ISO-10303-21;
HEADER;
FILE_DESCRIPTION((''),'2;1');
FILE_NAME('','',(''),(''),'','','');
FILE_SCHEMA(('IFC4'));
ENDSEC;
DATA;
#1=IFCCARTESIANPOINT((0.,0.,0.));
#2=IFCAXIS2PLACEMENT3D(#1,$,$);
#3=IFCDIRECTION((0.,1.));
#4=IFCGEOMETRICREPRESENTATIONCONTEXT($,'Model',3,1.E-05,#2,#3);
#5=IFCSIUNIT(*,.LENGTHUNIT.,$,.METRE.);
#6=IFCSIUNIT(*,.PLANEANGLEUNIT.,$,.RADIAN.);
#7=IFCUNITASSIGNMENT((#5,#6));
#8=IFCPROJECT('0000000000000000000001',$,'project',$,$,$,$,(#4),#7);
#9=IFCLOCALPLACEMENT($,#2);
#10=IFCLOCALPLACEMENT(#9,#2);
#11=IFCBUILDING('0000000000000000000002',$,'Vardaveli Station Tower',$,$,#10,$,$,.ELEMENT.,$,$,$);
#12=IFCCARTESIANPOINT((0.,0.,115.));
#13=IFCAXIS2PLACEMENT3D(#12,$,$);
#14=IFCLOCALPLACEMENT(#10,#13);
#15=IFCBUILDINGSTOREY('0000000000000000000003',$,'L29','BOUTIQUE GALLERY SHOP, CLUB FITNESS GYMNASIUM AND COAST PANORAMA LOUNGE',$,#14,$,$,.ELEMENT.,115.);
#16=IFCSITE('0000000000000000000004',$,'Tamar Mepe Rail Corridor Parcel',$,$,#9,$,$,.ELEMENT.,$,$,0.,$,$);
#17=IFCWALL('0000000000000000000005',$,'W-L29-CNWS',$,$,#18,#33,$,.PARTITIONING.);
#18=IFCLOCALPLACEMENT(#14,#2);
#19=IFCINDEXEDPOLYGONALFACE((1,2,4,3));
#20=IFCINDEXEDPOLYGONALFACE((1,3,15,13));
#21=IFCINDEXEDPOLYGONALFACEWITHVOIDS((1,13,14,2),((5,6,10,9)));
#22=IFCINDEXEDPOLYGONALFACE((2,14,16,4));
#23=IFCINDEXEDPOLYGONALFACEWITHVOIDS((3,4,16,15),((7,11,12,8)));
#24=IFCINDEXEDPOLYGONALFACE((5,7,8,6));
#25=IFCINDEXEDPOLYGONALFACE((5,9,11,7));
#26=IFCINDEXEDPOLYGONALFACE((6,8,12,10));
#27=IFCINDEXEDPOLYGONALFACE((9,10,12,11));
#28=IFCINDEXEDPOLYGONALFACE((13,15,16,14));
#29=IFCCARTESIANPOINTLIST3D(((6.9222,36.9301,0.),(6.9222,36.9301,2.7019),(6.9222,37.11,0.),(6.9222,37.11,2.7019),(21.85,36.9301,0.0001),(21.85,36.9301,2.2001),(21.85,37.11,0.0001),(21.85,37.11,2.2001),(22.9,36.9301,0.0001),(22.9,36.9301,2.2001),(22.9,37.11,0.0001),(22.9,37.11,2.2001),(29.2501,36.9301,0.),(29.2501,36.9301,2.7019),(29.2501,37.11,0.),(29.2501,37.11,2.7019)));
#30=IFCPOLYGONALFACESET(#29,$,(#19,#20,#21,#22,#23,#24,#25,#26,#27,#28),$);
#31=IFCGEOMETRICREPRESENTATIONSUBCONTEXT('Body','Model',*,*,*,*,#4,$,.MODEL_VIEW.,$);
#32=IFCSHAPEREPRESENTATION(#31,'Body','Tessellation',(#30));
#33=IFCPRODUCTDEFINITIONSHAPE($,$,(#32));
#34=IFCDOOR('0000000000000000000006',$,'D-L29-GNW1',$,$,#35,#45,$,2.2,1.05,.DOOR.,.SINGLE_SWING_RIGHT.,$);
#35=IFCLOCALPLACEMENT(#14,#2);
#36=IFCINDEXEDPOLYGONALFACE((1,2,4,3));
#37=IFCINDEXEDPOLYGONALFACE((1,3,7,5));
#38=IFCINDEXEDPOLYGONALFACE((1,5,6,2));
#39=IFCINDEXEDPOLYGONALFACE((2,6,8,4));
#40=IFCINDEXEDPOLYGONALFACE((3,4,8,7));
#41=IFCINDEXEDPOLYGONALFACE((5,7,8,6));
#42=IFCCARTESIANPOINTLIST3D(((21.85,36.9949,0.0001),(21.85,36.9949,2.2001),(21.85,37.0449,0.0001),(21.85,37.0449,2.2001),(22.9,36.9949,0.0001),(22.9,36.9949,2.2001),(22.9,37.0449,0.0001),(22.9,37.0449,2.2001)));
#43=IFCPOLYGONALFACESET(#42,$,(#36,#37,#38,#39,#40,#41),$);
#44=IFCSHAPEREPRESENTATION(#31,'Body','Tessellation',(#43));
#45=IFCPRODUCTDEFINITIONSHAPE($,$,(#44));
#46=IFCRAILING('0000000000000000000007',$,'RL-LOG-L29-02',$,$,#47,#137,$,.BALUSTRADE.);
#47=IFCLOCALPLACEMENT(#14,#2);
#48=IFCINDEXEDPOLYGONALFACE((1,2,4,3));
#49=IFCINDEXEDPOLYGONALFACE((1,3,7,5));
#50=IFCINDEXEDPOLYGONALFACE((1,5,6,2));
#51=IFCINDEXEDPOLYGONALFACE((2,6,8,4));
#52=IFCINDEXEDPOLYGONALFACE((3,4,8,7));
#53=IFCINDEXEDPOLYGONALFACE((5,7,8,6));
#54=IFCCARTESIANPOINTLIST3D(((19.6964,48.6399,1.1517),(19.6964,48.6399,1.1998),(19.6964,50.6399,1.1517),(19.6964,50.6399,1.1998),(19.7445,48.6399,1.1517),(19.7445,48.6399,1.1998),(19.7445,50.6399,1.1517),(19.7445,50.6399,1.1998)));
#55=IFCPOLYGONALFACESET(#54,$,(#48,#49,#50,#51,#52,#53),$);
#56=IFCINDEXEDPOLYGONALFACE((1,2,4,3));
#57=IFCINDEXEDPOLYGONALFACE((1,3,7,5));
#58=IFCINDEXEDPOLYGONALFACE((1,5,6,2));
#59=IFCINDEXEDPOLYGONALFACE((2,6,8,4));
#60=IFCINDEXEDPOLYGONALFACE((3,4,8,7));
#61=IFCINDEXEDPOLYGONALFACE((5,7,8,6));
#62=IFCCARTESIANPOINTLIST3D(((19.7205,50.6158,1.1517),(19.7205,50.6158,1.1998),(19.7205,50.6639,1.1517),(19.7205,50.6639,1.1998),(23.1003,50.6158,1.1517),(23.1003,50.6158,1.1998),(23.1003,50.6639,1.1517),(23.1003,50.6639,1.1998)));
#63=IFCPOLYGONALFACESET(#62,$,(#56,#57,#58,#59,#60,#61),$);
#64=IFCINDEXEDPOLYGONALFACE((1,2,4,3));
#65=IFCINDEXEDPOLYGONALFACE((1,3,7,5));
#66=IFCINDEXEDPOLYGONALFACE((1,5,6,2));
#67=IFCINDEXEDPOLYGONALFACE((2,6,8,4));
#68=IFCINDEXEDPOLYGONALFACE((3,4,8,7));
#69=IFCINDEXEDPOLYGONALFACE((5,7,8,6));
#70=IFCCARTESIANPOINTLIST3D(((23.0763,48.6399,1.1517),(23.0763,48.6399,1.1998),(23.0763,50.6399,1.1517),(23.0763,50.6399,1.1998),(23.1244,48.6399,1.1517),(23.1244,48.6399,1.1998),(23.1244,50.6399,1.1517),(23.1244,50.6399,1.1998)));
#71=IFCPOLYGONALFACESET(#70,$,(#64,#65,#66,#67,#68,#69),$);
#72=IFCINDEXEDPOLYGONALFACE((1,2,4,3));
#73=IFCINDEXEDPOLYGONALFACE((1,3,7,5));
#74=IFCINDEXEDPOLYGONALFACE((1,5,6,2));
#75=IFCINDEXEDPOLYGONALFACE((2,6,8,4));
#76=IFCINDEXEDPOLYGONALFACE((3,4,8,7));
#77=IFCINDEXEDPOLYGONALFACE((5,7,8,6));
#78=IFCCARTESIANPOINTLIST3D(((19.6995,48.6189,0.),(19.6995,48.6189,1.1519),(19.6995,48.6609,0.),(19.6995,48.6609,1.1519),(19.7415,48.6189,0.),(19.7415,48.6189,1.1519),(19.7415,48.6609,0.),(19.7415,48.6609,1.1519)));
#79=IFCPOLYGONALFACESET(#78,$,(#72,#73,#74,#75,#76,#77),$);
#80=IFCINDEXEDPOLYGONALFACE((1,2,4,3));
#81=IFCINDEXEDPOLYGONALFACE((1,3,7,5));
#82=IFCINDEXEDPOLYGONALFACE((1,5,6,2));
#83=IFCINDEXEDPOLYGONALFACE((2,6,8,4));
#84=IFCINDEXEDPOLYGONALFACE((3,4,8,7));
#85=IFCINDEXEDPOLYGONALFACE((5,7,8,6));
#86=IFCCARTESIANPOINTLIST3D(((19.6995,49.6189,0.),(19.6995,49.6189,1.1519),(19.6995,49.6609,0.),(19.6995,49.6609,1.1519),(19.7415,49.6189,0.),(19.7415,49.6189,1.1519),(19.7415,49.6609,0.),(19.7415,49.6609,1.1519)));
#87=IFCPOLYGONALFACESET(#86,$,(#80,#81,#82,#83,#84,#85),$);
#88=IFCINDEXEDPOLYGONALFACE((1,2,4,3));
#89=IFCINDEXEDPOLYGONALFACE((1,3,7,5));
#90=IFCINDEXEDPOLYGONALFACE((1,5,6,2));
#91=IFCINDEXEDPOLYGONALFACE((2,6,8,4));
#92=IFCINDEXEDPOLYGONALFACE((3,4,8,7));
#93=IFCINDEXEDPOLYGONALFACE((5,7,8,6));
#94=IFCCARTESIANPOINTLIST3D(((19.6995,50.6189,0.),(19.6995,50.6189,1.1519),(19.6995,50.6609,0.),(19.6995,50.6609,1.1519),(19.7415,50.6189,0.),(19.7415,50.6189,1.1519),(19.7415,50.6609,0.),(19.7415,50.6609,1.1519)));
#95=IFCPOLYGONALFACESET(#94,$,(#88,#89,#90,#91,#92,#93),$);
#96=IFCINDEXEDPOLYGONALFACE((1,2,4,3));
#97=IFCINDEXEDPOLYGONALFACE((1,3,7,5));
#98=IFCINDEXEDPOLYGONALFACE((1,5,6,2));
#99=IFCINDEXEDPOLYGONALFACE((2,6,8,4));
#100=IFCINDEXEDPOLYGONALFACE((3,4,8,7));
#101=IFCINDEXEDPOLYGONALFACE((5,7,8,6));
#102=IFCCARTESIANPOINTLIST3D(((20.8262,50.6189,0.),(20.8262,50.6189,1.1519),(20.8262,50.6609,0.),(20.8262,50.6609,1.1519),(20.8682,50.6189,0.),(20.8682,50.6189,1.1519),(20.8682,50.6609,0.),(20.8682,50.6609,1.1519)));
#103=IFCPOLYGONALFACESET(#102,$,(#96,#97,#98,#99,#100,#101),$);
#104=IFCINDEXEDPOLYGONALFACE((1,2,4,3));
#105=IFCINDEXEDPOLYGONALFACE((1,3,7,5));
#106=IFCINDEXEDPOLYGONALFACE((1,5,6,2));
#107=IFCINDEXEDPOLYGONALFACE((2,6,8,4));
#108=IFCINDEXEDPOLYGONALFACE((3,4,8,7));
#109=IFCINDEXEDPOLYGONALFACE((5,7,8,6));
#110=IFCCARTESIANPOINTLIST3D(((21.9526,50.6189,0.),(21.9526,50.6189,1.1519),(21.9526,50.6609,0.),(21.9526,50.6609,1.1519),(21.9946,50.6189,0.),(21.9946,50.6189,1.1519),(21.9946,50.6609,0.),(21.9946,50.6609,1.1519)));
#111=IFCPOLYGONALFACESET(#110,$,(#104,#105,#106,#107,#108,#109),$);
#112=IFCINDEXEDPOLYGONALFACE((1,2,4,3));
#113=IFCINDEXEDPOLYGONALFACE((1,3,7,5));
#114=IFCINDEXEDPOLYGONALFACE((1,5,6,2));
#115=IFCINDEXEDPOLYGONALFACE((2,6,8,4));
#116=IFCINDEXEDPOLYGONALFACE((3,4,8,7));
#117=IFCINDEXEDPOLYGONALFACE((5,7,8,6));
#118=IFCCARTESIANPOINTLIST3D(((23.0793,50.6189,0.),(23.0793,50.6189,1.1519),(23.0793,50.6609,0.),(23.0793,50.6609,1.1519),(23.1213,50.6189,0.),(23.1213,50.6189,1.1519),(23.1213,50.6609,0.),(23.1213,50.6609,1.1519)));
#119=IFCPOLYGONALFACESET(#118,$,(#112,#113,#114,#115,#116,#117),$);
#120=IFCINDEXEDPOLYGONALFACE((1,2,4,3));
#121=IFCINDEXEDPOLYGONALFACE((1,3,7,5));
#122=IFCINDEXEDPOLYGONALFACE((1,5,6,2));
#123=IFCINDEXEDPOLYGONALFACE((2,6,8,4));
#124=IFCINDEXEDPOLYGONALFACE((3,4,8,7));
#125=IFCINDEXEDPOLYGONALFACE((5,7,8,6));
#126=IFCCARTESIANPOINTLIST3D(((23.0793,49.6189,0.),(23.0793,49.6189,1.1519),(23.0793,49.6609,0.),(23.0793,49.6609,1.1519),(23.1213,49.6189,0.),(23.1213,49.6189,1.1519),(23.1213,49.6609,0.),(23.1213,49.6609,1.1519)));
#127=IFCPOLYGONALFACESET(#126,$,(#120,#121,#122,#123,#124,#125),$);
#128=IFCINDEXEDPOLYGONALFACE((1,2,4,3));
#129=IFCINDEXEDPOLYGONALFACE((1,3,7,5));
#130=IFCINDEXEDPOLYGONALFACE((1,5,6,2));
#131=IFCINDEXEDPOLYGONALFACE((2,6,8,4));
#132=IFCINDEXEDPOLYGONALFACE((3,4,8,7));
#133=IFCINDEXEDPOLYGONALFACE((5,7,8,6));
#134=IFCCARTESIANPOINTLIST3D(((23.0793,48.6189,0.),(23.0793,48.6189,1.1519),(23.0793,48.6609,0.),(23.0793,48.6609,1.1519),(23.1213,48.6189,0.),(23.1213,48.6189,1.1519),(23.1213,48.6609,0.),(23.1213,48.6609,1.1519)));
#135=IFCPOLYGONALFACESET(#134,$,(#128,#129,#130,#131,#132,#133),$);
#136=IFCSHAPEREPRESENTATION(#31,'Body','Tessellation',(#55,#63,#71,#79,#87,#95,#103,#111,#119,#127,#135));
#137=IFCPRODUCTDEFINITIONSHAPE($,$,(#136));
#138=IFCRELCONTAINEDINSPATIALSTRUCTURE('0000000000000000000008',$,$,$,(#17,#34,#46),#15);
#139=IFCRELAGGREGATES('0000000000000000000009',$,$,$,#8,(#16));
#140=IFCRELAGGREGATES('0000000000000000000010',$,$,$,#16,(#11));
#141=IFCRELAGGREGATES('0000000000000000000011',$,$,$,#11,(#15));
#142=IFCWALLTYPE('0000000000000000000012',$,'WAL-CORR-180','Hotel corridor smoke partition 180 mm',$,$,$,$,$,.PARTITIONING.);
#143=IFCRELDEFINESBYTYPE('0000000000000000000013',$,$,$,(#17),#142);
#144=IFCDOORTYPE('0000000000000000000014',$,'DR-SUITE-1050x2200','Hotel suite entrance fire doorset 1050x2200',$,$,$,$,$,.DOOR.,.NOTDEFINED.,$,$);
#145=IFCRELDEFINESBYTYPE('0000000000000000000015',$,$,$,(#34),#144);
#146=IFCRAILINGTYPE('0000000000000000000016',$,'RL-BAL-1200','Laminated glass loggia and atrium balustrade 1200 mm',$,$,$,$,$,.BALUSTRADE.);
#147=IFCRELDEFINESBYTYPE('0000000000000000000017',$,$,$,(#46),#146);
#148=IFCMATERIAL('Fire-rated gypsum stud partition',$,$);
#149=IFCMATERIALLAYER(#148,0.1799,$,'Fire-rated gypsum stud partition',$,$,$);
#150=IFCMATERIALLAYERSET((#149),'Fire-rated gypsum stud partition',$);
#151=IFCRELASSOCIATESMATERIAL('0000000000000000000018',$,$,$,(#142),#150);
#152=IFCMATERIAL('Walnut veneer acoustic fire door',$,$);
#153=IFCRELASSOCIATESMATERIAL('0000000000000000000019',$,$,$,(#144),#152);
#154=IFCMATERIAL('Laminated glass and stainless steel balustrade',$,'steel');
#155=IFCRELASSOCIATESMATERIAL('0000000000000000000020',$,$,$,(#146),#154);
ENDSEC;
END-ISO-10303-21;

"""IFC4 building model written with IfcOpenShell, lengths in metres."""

from ifc_helpers import new_model, si_unit, direction, frame, frame_2d, origin, origin_2d, place, context, subcontext, project, spatial, rectangle, extrude, source, transform, mapped, material, layer, layer_set, type_object, element, fill, save


model = new_model("IFC4")

# Units and contexts
model_context = context("Model", 3, precision=1e-05, world=origin(), true_north=direction((0.0, 1.0)))
body_context = subcontext(model_context, "Body", "Model", "MODEL_VIEW")
ifc_project = project(units=[si_unit("LENGTHUNIT", "METRE"), si_unit("PLANEANGLEUNIT", "RADIAN")], contexts=[model_context])

# Site, building, storey
site_placement = place(None, origin())
site = spatial("IfcSite", under=ifc_project, at=site_placement, Name="Tamar Mepe Rail Corridor Parcel", CompositionType="ELEMENT", RefElevation=0.0)
building_placement = place(site_placement, origin())
building = spatial("IfcBuilding", under=site, at=building_placement, Name="Vardaveli Station Tower", CompositionType="ELEMENT")
storey_placement = place(building_placement, frame((0.0, 0.0, 115.0)))
storey = spatial("IfcBuildingStorey", under=building, at=storey_placement, Name="L29", Description="BOUTIQUE GALLERY SHOP, CLUB FITNESS GYMNASIUM AND COAST PANORAMA LOUNGE", CompositionType="ELEMENT", Elevation=115.0)

# Wall, opening, door
ifc_material_1 = material(Name="Fire-rated gypsum stud partition")
ifc_layer_1 = layer(ifc_material_1, 0.1799, Name="Fire-rated gypsum stud partition")
ifc_layer_set_1 = layer_set([ifc_layer_1], Name="Fire-rated gypsum stud partition")
wall_type_1 = type_object("IfcWallType", Name="WAL-CORR-180", Description="Hotel corridor smoke partition 180 mm", PredefinedType="PARTITIONING", material=ifc_layer_set_1)
shared_shape_1 = source(origin(), body_context, "Body", "SweptSolid", [
    extrude(rectangle(XDim=22.3279, YDim=0.1799, at=frame_2d((11.1641, 0.0))), origin(), (0.0, 0.0, 1.0), 2.7019),
])
wall_1_placement = place(storey_placement, frame((6.9221, 37.02, 0.0), z_axis=(0.0, 0.0, 1.0), x_axis=(1.0, 0.0, 0.0)))
wall_1 = element("IfcWall", 1, at=wall_1_placement, inside=storey, type_object=wall_type_1, Name="W-L29-CNWS", PredefinedType="PARTITIONING", context=body_context, shape_type="MappedRepresentation", body=[
    mapped(shared_shape_1, transform((0.0, 0.0, 0.0), scale=1.0)),
])
shared_shape_2 = source(origin(), body_context, "Body", "SweptSolid", [
    extrude(rectangle(XDim=1.05, YDim=2.2, at=frame_2d((0.5249, 1.1001))), frame((0.0, 0.1001, 0.0), z_axis=(0.0, -1.0, 0.0), x_axis=(1.0, 0.0, 0.0)), (0.0, 0.0, 1.0), 0.2),
])
opening_1_placement = place(wall_1_placement, frame((14.928, 0.0, 0.0)))
opening_1 = element("IfcOpeningElement", 2, at=opening_1_placement, cuts=wall_1, PredefinedType="OPENING", context=body_context, shape_type="MappedRepresentation", body=[
    mapped(shared_shape_2, transform((0.0, 0.0, 0.0), scale=1.0)),
])
ifc_material_2 = material(Name="Walnut veneer acoustic fire door")
door_type_1 = type_object("IfcDoorType", Name="DR-SUITE-1050x2200", Description="Hotel suite entrance fire doorset 1050x2200", OperationType="NOTDEFINED", PredefinedType="DOOR", material=ifc_material_2)
shared_shape_3 = source(origin(), body_context, "Body", "SweptSolid", [
    extrude(rectangle(XDim=1.05, YDim=2.2, at=frame_2d((0.5249, 1.1001))), frame((0.0, 0.0249, 0.0), z_axis=(0.0, -1.0, 0.0), x_axis=(1.0, 0.0, 0.0)), (0.0, 0.0, 1.0), 0.05),
])
door_1_placement = place(opening_1_placement, origin())
door_1 = element("IfcDoor", 3, at=door_1_placement, inside=storey, type_object=door_type_1, Name="D-L29-GNW1", OperationType="SINGLE_SWING_RIGHT", OverallHeight=2.2, OverallWidth=1.05, PredefinedType="DOOR", context=body_context, shape_type="MappedRepresentation", body=[
    mapped(shared_shape_3, transform((0.0, 0.0, 0.0), scale=1.0)),
])
fill(opening_1, door_1)

# Railing
ifc_material_3 = material(Name="Laminated glass and stainless steel balustrade", Category="steel")
railing_type = type_object("IfcRailingType", Name="RL-BAL-1200", Description="Laminated glass loggia and atrium balustrade 1200 mm", PredefinedType="BALUSTRADE", material=ifc_material_3)
shared_shape_4 = source(origin(), body_context, "Body", "SweptSolid", [
    extrude(rectangle(XDim=0.0481, YDim=0.0481, at=origin_2d()), frame((0.0, 0.0, 1.1758), z_axis=(0.0, 1.0, 0.0), x_axis=(-1.0, 0.0, 0.0)), (0.0, 0.0, 1.0), 2.0),
    extrude(rectangle(XDim=0.0481, YDim=0.0481, at=origin_2d()), frame((0.0, 2.0, 1.1758), z_axis=(1.0, 0.0, 0.0), x_axis=(0.0, 1.0, 0.0)), (0.0, 0.0, 1.0), 3.3799),
    extrude(rectangle(XDim=0.0481, YDim=0.0481, at=origin_2d()), frame((3.3799, 2.0, 1.1758), z_axis=(0.0, -1.0, 0.0), x_axis=(1.0, 0.0, 0.0)), (0.0, 0.0, 1.0), 2.0),
    extrude(rectangle(XDim=0.042, YDim=0.042, at=origin_2d()), origin(), (0.0, 0.0, 1.0), 1.1519),
    extrude(rectangle(XDim=0.042, YDim=0.042, at=origin_2d()), frame((0.0, 1.0, 0.0)), (0.0, 0.0, 1.0), 1.1519),
    extrude(rectangle(XDim=0.042, YDim=0.042, at=origin_2d()), frame((0.0, 2.0, 0.0)), (0.0, 0.0, 1.0), 1.1519),
    extrude(rectangle(XDim=0.042, YDim=0.042, at=origin_2d()), frame((1.1267, 2.0, 0.0)), (0.0, 0.0, 1.0), 1.1519),
    extrude(rectangle(XDim=0.042, YDim=0.042, at=origin_2d()), frame((2.2532, 2.0, 0.0)), (0.0, 0.0, 1.0), 1.1519),
    extrude(rectangle(XDim=0.042, YDim=0.042, at=origin_2d()), frame((3.3799, 2.0, 0.0)), (0.0, 0.0, 1.0), 1.1519),
    extrude(rectangle(XDim=0.042, YDim=0.042, at=origin_2d()), frame((3.3799, 1.0, 0.0)), (0.0, 0.0, 1.0), 1.1519),
    extrude(rectangle(XDim=0.042, YDim=0.042, at=origin_2d()), frame((3.3799, 0.0, 0.0)), (0.0, 0.0, 1.0), 1.1519),
])
railing_placement = place(storey_placement, frame((19.7205, 48.6399, 0.0)))
element("IfcRailing", 4, at=railing_placement, inside=storey, type_object=railing_type, Name="RL-LOG-L29-02", PredefinedType="BALUSTRADE", context=body_context, shape_type="MappedRepresentation", body=[
    mapped(shared_shape_4, transform((0.0, 0.0, 0.0), scale=1.0)),
])

save(model, "model.ifc")
